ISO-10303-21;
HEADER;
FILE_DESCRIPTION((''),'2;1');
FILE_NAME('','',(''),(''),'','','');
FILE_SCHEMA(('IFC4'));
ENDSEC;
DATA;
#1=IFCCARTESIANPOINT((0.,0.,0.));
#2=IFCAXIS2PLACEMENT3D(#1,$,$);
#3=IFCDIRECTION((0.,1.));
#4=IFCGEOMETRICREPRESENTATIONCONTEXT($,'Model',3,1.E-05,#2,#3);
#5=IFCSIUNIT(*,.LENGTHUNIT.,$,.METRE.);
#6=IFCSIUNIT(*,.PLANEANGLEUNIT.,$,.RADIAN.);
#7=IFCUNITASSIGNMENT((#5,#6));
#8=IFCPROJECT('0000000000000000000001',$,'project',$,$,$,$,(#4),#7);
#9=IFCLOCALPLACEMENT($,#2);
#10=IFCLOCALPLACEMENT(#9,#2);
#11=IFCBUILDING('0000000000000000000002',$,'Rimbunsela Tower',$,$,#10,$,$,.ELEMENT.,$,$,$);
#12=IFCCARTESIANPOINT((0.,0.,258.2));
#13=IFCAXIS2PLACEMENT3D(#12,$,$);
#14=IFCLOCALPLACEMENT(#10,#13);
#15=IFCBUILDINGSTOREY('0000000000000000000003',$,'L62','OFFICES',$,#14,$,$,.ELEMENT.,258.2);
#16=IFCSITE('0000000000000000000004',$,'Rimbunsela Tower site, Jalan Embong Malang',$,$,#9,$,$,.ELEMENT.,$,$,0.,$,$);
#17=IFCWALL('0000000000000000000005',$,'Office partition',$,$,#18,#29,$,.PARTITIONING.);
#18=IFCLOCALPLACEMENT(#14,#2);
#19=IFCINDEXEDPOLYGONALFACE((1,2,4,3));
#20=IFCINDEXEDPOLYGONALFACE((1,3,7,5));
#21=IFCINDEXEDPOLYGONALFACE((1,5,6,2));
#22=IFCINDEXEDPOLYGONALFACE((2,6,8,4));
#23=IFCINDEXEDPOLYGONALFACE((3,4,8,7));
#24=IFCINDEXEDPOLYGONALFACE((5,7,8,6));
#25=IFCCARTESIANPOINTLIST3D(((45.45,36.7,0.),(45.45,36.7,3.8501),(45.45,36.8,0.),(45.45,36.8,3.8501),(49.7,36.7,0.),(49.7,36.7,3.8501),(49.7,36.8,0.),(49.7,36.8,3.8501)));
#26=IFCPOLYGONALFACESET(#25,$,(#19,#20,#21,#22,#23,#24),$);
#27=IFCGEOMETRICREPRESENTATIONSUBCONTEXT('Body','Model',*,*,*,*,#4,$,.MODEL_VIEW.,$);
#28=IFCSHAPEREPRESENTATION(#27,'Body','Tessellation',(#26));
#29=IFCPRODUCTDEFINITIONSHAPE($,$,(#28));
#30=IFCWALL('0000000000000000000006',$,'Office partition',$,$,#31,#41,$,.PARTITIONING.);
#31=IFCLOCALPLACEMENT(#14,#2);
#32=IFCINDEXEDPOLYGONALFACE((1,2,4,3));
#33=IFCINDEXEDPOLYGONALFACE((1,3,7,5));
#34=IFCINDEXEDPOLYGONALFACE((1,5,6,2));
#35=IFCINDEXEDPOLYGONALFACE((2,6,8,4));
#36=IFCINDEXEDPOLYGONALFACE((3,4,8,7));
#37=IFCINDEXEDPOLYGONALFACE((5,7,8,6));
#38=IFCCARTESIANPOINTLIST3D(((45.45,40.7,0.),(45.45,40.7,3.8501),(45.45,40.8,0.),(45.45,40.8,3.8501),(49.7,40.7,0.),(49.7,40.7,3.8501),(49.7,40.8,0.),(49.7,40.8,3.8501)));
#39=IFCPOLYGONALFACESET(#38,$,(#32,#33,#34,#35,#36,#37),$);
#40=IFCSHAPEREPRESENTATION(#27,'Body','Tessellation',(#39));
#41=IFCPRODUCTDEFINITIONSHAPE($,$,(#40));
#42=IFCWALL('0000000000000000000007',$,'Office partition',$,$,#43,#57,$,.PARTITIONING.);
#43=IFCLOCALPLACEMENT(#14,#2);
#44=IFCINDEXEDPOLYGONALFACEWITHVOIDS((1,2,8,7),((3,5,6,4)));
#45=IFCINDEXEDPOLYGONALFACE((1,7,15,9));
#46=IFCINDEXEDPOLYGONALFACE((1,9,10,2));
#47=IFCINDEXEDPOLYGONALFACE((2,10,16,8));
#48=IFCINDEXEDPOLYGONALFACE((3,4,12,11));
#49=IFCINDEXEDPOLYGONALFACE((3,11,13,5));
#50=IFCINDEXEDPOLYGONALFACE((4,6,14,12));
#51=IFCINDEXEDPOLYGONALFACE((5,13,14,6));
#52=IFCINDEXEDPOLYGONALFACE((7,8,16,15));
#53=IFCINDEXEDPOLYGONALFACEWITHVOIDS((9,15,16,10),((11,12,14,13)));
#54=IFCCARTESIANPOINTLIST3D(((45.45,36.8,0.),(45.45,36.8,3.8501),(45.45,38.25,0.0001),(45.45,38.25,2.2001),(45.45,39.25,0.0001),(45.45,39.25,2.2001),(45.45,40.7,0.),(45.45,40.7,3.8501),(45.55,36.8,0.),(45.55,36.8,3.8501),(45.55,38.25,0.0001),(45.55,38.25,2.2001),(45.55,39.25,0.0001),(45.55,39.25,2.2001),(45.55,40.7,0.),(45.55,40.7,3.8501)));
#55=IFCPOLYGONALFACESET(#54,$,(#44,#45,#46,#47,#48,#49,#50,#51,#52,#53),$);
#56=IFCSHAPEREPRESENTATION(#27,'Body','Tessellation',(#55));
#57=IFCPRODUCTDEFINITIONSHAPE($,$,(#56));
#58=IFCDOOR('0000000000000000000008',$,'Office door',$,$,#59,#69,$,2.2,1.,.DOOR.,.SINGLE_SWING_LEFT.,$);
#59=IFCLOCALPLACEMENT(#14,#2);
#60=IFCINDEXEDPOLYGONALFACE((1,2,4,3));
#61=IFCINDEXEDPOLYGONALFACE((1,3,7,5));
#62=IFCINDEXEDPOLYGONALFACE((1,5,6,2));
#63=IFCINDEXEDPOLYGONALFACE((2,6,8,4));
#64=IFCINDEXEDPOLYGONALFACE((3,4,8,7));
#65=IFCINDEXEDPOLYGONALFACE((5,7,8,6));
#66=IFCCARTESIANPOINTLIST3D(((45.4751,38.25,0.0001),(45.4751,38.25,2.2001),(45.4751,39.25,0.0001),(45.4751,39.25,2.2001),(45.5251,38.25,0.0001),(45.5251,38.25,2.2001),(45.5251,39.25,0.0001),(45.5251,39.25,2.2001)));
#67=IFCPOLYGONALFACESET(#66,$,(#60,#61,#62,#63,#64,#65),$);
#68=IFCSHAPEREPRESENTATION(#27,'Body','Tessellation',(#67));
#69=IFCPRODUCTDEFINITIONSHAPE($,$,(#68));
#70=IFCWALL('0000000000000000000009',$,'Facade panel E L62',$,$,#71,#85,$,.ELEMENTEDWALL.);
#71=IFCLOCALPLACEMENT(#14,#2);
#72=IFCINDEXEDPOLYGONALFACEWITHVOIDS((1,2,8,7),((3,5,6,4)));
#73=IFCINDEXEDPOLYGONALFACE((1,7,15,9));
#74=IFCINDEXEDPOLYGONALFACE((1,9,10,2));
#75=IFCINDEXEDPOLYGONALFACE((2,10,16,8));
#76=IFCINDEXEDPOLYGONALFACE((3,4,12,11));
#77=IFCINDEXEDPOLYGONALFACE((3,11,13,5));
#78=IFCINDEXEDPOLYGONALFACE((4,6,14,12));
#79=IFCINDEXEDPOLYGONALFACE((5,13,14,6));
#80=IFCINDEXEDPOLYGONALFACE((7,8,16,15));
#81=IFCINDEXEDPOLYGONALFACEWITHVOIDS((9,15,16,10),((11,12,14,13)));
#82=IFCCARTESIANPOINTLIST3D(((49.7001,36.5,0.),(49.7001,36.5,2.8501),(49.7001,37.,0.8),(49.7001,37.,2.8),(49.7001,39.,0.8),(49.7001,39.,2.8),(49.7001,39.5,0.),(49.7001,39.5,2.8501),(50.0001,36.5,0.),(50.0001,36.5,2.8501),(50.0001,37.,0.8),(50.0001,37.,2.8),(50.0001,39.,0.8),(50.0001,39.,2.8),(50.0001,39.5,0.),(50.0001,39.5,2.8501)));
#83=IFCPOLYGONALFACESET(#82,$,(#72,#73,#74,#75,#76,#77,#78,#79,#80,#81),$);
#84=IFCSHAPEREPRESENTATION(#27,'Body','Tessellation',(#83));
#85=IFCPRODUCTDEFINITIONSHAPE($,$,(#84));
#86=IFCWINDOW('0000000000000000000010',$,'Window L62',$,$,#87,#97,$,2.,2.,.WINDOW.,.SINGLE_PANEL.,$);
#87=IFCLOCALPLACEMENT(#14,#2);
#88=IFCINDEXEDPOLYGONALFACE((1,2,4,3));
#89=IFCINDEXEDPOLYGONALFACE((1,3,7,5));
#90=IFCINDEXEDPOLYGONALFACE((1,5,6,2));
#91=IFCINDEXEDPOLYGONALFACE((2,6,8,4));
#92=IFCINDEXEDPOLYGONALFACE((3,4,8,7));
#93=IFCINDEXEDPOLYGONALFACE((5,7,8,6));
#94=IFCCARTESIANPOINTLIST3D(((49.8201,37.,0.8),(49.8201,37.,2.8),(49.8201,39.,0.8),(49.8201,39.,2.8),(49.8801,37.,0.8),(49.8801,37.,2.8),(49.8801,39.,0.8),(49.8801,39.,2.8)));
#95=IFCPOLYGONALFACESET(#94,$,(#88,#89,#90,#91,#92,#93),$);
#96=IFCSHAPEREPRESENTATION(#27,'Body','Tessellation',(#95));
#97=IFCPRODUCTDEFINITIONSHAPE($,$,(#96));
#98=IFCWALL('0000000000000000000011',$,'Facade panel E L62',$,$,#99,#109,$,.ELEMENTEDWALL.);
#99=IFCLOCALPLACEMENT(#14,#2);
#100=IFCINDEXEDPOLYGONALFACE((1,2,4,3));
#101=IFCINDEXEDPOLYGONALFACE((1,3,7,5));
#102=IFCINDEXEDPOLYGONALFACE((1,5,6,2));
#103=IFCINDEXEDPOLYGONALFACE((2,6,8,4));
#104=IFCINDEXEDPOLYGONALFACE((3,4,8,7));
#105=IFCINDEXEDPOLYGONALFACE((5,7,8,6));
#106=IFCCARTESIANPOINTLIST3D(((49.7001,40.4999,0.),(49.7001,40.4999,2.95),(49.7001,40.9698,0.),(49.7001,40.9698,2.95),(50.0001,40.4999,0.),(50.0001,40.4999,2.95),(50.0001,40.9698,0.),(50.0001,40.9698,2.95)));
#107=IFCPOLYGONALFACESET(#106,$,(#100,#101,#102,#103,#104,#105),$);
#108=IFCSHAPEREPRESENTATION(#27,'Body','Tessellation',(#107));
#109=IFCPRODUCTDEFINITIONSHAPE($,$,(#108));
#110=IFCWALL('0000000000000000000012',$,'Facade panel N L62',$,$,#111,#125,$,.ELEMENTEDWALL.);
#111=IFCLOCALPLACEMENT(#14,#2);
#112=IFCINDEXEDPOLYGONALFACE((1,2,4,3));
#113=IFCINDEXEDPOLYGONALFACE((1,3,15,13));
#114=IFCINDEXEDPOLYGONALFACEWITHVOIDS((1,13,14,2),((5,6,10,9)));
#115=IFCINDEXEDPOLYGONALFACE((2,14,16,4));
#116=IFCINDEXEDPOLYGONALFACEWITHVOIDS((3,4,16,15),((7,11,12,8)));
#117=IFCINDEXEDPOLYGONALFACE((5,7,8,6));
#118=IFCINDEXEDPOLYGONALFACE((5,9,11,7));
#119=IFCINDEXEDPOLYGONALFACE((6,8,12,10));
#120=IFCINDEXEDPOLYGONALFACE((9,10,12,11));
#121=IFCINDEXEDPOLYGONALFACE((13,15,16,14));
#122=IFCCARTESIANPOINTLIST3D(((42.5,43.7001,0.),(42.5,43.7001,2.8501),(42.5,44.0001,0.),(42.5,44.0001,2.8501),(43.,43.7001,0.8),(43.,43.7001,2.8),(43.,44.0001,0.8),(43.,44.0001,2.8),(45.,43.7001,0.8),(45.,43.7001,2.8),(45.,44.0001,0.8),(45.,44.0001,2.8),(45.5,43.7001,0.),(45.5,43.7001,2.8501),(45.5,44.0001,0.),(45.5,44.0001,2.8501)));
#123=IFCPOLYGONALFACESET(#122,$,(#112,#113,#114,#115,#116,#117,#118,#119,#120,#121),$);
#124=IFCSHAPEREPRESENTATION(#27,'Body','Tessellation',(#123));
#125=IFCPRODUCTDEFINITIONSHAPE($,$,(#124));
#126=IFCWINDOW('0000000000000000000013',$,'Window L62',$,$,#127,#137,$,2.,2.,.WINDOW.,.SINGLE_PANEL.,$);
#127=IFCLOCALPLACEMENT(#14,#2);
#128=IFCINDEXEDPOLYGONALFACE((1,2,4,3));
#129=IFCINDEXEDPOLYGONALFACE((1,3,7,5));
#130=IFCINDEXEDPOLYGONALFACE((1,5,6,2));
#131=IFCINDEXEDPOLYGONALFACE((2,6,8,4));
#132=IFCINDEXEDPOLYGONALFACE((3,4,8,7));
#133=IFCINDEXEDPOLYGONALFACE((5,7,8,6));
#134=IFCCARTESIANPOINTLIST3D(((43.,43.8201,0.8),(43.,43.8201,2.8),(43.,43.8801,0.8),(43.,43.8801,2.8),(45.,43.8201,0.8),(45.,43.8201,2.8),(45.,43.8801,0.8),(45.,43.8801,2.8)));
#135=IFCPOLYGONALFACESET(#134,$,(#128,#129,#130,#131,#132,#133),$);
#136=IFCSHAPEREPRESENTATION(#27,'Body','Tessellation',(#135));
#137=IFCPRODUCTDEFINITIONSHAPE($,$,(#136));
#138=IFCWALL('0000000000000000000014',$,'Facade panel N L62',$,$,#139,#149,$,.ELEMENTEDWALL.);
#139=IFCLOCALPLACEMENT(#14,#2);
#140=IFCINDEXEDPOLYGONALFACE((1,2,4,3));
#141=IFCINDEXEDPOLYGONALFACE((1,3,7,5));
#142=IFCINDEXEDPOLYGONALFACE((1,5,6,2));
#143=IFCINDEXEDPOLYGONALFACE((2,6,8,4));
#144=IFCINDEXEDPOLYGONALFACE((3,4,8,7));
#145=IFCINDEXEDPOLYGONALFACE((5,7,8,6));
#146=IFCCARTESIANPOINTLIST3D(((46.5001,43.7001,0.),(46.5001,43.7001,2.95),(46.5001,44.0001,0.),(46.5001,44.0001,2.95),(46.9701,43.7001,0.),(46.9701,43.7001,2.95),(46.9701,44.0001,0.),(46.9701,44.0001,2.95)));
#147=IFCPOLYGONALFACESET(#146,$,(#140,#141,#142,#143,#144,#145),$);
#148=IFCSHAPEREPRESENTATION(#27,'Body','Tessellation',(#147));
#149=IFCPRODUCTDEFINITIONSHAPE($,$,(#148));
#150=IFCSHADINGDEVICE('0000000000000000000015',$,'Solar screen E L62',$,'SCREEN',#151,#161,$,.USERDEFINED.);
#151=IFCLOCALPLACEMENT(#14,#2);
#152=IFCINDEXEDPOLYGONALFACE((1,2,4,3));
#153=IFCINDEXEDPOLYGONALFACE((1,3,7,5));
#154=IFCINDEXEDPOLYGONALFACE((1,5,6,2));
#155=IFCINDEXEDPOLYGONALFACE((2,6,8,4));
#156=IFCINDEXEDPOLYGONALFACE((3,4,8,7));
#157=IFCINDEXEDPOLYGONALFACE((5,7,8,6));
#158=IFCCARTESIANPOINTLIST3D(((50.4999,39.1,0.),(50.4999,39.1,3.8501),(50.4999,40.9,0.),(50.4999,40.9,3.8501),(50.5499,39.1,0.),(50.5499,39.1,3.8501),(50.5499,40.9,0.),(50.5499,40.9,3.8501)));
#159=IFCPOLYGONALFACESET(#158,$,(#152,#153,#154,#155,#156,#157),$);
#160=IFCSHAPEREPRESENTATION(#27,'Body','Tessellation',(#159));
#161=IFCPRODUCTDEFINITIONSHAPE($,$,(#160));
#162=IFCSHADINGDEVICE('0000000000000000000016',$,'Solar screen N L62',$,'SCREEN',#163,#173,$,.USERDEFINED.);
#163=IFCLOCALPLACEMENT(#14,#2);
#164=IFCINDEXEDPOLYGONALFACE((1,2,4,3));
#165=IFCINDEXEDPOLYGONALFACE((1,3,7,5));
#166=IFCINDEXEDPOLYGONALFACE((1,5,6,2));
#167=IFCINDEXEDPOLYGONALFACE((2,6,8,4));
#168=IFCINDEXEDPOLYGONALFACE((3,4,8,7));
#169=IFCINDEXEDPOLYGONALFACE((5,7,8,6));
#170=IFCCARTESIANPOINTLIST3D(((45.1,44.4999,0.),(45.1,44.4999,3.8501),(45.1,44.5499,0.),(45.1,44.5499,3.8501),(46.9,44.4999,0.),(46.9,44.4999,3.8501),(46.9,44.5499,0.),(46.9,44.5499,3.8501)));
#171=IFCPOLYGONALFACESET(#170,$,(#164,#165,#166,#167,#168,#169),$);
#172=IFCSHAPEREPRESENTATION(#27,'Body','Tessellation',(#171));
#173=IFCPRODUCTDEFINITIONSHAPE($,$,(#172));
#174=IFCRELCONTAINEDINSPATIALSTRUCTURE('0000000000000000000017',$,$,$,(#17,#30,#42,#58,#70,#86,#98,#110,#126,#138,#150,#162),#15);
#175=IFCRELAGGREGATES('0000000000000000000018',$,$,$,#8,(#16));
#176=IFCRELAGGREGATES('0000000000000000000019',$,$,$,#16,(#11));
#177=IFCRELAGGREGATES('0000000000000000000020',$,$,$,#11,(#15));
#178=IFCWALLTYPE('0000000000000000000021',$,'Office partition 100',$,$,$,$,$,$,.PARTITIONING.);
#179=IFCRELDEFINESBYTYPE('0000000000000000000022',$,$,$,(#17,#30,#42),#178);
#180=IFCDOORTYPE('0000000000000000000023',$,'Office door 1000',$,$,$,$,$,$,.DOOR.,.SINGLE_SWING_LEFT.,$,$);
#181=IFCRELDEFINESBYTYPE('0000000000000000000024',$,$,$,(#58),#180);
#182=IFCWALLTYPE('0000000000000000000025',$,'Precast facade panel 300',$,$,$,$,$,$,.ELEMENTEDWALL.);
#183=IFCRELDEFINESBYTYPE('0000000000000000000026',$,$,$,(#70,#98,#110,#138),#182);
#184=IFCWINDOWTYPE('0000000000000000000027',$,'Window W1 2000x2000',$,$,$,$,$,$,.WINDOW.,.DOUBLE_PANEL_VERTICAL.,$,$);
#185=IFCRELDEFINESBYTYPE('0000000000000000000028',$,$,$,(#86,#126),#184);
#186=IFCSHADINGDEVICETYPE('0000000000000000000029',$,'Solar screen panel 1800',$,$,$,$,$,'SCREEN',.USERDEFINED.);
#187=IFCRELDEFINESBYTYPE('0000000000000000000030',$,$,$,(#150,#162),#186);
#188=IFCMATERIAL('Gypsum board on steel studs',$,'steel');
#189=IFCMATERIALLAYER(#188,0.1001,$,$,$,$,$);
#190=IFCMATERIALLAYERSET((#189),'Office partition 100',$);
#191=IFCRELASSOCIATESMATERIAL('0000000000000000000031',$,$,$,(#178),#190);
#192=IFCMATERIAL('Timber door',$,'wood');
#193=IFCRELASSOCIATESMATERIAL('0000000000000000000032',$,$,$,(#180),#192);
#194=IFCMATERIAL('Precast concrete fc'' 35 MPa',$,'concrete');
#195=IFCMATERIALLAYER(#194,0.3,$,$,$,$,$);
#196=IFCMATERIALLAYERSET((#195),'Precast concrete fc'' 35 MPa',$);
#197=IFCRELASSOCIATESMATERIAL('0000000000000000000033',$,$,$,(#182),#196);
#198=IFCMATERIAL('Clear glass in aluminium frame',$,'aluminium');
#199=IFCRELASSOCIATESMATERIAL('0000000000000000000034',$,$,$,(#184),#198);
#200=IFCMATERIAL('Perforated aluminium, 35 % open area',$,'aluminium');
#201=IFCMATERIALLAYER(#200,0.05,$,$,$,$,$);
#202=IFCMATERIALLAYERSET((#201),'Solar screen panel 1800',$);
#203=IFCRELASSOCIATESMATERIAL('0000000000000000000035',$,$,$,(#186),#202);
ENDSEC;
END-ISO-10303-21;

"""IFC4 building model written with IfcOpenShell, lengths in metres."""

from ifc_helpers import new_model, si_unit, direction, frame, frame_2d, origin, origin_2d, place, context, subcontext, project, spatial, rectangle, extrude, material, layer, layer_set, type_object, element, fill, save


model = new_model("IFC4")

# Units and contexts
model_context = context("Model", 3, precision=1e-05, world=origin(), true_north=direction((0.0, 1.0)))
body_context = subcontext(model_context, "Body", "Model", "MODEL_VIEW")
ifc_project = project(units=[si_unit("LENGTHUNIT", "METRE"), si_unit("PLANEANGLEUNIT", "RADIAN")], contexts=[model_context])

# Site, building, storey
site_placement = place(None, origin())
site = spatial("IfcSite", under=ifc_project, at=site_placement, Name="Rimbunsela Tower site, Jalan Embong Malang", CompositionType="ELEMENT", RefElevation=0.0)
building_placement = place(site_placement, origin())
building = spatial("IfcBuilding", under=site, at=building_placement, Name="Rimbunsela Tower", CompositionType="ELEMENT")
storey_placement = place(building_placement, frame((0.0, 0.0, 258.2)))
storey = spatial("IfcBuildingStorey", under=building, at=storey_placement, Name="L62", Description="OFFICES", CompositionType="ELEMENT", Elevation=258.2)

# Walls
ifc_material_1 = material(Name="Gypsum board on steel studs", Category="steel")
ifc_layer_1 = layer(ifc_material_1, 0.1001)
ifc_layer_set_1 = layer_set([ifc_layer_1], Name="Office partition 100")
wall_type_1 = type_object("IfcWallType", Name="Office partition 100", PredefinedType="PARTITIONING", material=ifc_layer_set_1)
for number, where, z_axis, x_axis, name in (
    (1, (45.45, 36.75, 0.0), (0.0, 0.0, 1.0), (1.0, 0.0, 0.0), "Office partition"),
    (2, (45.45, 40.75, 0.0), (0.0, 0.0, 1.0), (1.0, 0.0, 0.0), "Office partition"),
):
    element("IfcWall", number, at=place(storey_placement, frame(where, z_axis=z_axis, x_axis=x_axis)), inside=storey, type_object=wall_type_1, Name=name, PredefinedType="PARTITIONING", context=body_context, shape_type="SweptSolid", body=[
        extrude(rectangle(XDim=4.25, YDim=0.1001, at=frame_2d((2.125, 0.0))), origin(), (0.0, 0.0, 1.0), 3.8501),
    ])

# Wall, opening, door
wall_1_placement = place(storey_placement, frame((45.5, 36.8, 0.0), z_axis=(0.0, 0.0, 1.0), x_axis=(0.0, 1.0, 0.0)))
wall_1 = element("IfcWall", 3, at=wall_1_placement, inside=storey, type_object=wall_type_1, Name="Office partition", PredefinedType="PARTITIONING", context=body_context, shape_type="SweptSolid", body=[
    extrude(rectangle(XDim=3.8999, YDim=0.1001, at=frame_2d((1.95, 0.0))), origin(), (0.0, 0.0, 1.0), 3.8501),
])
opening_1_placement = place(wall_1_placement, frame((1.45, 0.0, 0.0)))
opening_1 = element("IfcOpeningElement", 4, at=opening_1_placement, cuts=wall_1, PredefinedType="OPENING", context=body_context, shape_type="SweptSolid", body=[
    extrude(rectangle(XDim=1.0, YDim=2.2, at=frame_2d((0.5, 1.1001))), frame((0.0, 0.0601, 0.0), z_axis=(0.0, -1.0, 0.0), x_axis=(1.0, 0.0, 0.0)), (0.0, 0.0, 1.0), 0.1201),
])
ifc_material_2 = material(Name="Timber door", Category="wood")
door_type = type_object("IfcDoorType", Name="Office door 1000", OperationType="SINGLE_SWING_LEFT", PredefinedType="DOOR", material=ifc_material_2)
door_placement = place(opening_1_placement, origin())
door = element("IfcDoor", 5, at=door_placement, inside=storey, type_object=door_type, Name="Office door", OperationType="SINGLE_SWING_LEFT", OverallHeight=2.2, OverallWidth=1.0, PredefinedType="DOOR", context=body_context, shape_type="SweptSolid", body=[
    extrude(rectangle(XDim=1.0, YDim=2.2, at=frame_2d((0.5, 1.1001))), frame((0.0, 0.0249, 0.0), z_axis=(0.0, -1.0, 0.0), x_axis=(1.0, 0.0, 0.0)), (0.0, 0.0, 1.0), 0.05),
])
fill(opening_1, door)

# Wall, opening, window
ifc_material_3 = material(Name="Precast concrete fc' 35 MPa", Category="concrete")
ifc_layer_2 = layer(ifc_material_3, 0.3)
ifc_layer_set_2 = layer_set([ifc_layer_2], Name="Precast concrete fc' 35 MPa")
wall_type_2 = type_object("IfcWallType", Name="Precast facade panel 300", PredefinedType="ELEMENTEDWALL", material=ifc_layer_set_2)
wall_2_placement = place(storey_placement, frame((49.8501, 36.5, 0.0), z_axis=(0.0, 0.0, 1.0), x_axis=(0.0, 1.0, 0.0)))
wall_2 = element("IfcWall", 6, at=wall_2_placement, inside=storey, type_object=wall_type_2, Name="Facade panel E L62", PredefinedType="ELEMENTEDWALL", context=body_context, shape_type="SweptSolid", body=[
    extrude(rectangle(XDim=3.0, YDim=0.3, at=frame_2d((1.5, 0.0))), origin(), (0.0, 0.0, 1.0), 2.8501),
])
opening_2_placement = place(wall_2_placement, frame((0.5, 0.0, 0.8)))
opening_2 = element("IfcOpeningElement", 7, at=opening_2_placement, cuts=wall_2, PredefinedType="OPENING", context=body_context, shape_type="SweptSolid", body=[
    extrude(rectangle(XDim=2.0, YDim=2.0, at=frame_2d((1.0, 1.0))), frame((0.0, 0.1599, 0.0), z_axis=(0.0, -1.0, 0.0), x_axis=(1.0, 0.0, 0.0)), (0.0, 0.0, 1.0), 0.3201),
])
ifc_material_4 = material(Name="Clear glass in aluminium frame", Category="aluminium")
window_type = type_object("IfcWindowType", Name="Window W1 2000x2000", PartitioningType="DOUBLE_PANEL_VERTICAL", PredefinedType="WINDOW", material=ifc_material_4)
window_1_placement = place(opening_2_placement, origin())
window_1 = element("IfcWindow", 8, at=window_1_placement, inside=storey, type_object=window_type, Name="Window L62", OverallHeight=2.0, OverallWidth=2.0, PartitioningType="SINGLE_PANEL", PredefinedType="WINDOW", context=body_context, shape_type="SweptSolid", body=[
    extrude(rectangle(XDim=2.0, YDim=2.0, at=frame_2d((1.0, 1.0))), frame((0.0, 0.03, 0.0), z_axis=(0.0, -1.0, 0.0), x_axis=(1.0, 0.0, 0.0)), (0.0, 0.0, 1.0), 0.0601),
])
fill(opening_2, window_1)

# Wall
wall_3_placement = place(storey_placement, frame((49.8501, 40.5, 0.0), z_axis=(0.0, 0.0, 1.0), x_axis=(0.0, 1.0, 0.0)))
element("IfcWall", 9, at=wall_3_placement, inside=storey, type_object=wall_type_2, Name="Facade panel E L62", PredefinedType="ELEMENTEDWALL", context=body_context, shape_type="SweptSolid", body=[
    extrude(rectangle(XDim=0.47, YDim=0.3, at=frame_2d((0.2349, 0.0))), origin(), (0.0, 0.0, 1.0), 2.95),
])

# Wall, opening, window
wall_4_placement = place(storey_placement, frame((45.5, 43.8501, 0.0), z_axis=(0.0, 0.0, 1.0), x_axis=(-1.0, 0.0, 0.0)))
wall_4 = element("IfcWall", 10, at=wall_4_placement, inside=storey, type_object=wall_type_2, Name="Facade panel N L62", PredefinedType="ELEMENTEDWALL", context=body_context, shape_type="SweptSolid", body=[
    extrude(rectangle(XDim=3.0, YDim=0.3, at=frame_2d((1.5, 0.0))), origin(), (0.0, 0.0, 1.0), 2.8501),
])
opening_3_placement = place(wall_4_placement, frame((0.5, 0.0, 0.8)))
opening_3 = element("IfcOpeningElement", 11, at=opening_3_placement, cuts=wall_4, PredefinedType="OPENING", context=body_context, shape_type="SweptSolid", body=[
    extrude(rectangle(XDim=2.0, YDim=2.0, at=frame_2d((1.0, 1.0))), frame((0.0, 0.1599, 0.0), z_axis=(0.0, -1.0, 0.0), x_axis=(1.0, 0.0, 0.0)), (0.0, 0.0, 1.0), 0.3201),
])
window_2_placement = place(opening_3_placement, origin())
window_2 = element("IfcWindow", 12, at=window_2_placement, inside=storey, type_object=window_type, Name="Window L62", OverallHeight=2.0, OverallWidth=2.0, PartitioningType="SINGLE_PANEL", PredefinedType="WINDOW", context=body_context, shape_type="SweptSolid", body=[
    extrude(rectangle(XDim=2.0, YDim=2.0, at=frame_2d((1.0, 1.0))), frame((0.0, 0.03, 0.0), z_axis=(0.0, -1.0, 0.0), x_axis=(1.0, 0.0, 0.0)), (0.0, 0.0, 1.0), 0.0601),
])
fill(opening_3, window_2)

# Wall
wall_5_placement = place(storey_placement, frame((46.97, 43.8501, 0.0), z_axis=(0.0, 0.0, 1.0), x_axis=(-1.0, 0.0, 0.0)))
element("IfcWall", 13, at=wall_5_placement, inside=storey, type_object=wall_type_2, Name="Facade panel N L62", PredefinedType="ELEMENTEDWALL", context=body_context, shape_type="SweptSolid", body=[
    extrude(rectangle(XDim=0.47, YDim=0.3, at=frame_2d((0.2349, 0.0))), origin(), (0.0, 0.0, 1.0), 2.95),
])

# Shading devices
ifc_material_5 = material(Name="Perforated aluminium, 35 % open area", Category="aluminium")
ifc_layer_3 = layer(ifc_material_5, 0.05)
ifc_layer_set_3 = layer_set([ifc_layer_3], Name="Solar screen panel 1800")
shading_device_type = type_object("IfcShadingDeviceType", Name="Solar screen panel 1800", ElementType="SCREEN", PredefinedType="USERDEFINED", material=ifc_layer_set_3)
for number, where, z_axis, x_axis, name in (
    (14, (50.5249, 40.0, 0.0), (0.0, 0.0, 1.0), (0.0, 1.0, 0.0), "Solar screen E L62"),
    (15, (46.0, 44.5249, 0.0), (0.0, 0.0, 1.0), (1.0, 0.0, 0.0), "Solar screen N L62"),
):
    element("IfcShadingDevice", number, at=place(storey_placement, frame(where, z_axis=z_axis, x_axis=x_axis)), inside=storey, type_object=shading_device_type, Name=name, ObjectType="SCREEN", PredefinedType="USERDEFINED", context=body_context, shape_type="SweptSolid", body=[
        extrude(rectangle(XDim=1.8, YDim=0.05, at=origin_2d()), origin(), (0.0, 0.0, 1.0), 3.8501),
    ])

save(model, "model.ifc")
